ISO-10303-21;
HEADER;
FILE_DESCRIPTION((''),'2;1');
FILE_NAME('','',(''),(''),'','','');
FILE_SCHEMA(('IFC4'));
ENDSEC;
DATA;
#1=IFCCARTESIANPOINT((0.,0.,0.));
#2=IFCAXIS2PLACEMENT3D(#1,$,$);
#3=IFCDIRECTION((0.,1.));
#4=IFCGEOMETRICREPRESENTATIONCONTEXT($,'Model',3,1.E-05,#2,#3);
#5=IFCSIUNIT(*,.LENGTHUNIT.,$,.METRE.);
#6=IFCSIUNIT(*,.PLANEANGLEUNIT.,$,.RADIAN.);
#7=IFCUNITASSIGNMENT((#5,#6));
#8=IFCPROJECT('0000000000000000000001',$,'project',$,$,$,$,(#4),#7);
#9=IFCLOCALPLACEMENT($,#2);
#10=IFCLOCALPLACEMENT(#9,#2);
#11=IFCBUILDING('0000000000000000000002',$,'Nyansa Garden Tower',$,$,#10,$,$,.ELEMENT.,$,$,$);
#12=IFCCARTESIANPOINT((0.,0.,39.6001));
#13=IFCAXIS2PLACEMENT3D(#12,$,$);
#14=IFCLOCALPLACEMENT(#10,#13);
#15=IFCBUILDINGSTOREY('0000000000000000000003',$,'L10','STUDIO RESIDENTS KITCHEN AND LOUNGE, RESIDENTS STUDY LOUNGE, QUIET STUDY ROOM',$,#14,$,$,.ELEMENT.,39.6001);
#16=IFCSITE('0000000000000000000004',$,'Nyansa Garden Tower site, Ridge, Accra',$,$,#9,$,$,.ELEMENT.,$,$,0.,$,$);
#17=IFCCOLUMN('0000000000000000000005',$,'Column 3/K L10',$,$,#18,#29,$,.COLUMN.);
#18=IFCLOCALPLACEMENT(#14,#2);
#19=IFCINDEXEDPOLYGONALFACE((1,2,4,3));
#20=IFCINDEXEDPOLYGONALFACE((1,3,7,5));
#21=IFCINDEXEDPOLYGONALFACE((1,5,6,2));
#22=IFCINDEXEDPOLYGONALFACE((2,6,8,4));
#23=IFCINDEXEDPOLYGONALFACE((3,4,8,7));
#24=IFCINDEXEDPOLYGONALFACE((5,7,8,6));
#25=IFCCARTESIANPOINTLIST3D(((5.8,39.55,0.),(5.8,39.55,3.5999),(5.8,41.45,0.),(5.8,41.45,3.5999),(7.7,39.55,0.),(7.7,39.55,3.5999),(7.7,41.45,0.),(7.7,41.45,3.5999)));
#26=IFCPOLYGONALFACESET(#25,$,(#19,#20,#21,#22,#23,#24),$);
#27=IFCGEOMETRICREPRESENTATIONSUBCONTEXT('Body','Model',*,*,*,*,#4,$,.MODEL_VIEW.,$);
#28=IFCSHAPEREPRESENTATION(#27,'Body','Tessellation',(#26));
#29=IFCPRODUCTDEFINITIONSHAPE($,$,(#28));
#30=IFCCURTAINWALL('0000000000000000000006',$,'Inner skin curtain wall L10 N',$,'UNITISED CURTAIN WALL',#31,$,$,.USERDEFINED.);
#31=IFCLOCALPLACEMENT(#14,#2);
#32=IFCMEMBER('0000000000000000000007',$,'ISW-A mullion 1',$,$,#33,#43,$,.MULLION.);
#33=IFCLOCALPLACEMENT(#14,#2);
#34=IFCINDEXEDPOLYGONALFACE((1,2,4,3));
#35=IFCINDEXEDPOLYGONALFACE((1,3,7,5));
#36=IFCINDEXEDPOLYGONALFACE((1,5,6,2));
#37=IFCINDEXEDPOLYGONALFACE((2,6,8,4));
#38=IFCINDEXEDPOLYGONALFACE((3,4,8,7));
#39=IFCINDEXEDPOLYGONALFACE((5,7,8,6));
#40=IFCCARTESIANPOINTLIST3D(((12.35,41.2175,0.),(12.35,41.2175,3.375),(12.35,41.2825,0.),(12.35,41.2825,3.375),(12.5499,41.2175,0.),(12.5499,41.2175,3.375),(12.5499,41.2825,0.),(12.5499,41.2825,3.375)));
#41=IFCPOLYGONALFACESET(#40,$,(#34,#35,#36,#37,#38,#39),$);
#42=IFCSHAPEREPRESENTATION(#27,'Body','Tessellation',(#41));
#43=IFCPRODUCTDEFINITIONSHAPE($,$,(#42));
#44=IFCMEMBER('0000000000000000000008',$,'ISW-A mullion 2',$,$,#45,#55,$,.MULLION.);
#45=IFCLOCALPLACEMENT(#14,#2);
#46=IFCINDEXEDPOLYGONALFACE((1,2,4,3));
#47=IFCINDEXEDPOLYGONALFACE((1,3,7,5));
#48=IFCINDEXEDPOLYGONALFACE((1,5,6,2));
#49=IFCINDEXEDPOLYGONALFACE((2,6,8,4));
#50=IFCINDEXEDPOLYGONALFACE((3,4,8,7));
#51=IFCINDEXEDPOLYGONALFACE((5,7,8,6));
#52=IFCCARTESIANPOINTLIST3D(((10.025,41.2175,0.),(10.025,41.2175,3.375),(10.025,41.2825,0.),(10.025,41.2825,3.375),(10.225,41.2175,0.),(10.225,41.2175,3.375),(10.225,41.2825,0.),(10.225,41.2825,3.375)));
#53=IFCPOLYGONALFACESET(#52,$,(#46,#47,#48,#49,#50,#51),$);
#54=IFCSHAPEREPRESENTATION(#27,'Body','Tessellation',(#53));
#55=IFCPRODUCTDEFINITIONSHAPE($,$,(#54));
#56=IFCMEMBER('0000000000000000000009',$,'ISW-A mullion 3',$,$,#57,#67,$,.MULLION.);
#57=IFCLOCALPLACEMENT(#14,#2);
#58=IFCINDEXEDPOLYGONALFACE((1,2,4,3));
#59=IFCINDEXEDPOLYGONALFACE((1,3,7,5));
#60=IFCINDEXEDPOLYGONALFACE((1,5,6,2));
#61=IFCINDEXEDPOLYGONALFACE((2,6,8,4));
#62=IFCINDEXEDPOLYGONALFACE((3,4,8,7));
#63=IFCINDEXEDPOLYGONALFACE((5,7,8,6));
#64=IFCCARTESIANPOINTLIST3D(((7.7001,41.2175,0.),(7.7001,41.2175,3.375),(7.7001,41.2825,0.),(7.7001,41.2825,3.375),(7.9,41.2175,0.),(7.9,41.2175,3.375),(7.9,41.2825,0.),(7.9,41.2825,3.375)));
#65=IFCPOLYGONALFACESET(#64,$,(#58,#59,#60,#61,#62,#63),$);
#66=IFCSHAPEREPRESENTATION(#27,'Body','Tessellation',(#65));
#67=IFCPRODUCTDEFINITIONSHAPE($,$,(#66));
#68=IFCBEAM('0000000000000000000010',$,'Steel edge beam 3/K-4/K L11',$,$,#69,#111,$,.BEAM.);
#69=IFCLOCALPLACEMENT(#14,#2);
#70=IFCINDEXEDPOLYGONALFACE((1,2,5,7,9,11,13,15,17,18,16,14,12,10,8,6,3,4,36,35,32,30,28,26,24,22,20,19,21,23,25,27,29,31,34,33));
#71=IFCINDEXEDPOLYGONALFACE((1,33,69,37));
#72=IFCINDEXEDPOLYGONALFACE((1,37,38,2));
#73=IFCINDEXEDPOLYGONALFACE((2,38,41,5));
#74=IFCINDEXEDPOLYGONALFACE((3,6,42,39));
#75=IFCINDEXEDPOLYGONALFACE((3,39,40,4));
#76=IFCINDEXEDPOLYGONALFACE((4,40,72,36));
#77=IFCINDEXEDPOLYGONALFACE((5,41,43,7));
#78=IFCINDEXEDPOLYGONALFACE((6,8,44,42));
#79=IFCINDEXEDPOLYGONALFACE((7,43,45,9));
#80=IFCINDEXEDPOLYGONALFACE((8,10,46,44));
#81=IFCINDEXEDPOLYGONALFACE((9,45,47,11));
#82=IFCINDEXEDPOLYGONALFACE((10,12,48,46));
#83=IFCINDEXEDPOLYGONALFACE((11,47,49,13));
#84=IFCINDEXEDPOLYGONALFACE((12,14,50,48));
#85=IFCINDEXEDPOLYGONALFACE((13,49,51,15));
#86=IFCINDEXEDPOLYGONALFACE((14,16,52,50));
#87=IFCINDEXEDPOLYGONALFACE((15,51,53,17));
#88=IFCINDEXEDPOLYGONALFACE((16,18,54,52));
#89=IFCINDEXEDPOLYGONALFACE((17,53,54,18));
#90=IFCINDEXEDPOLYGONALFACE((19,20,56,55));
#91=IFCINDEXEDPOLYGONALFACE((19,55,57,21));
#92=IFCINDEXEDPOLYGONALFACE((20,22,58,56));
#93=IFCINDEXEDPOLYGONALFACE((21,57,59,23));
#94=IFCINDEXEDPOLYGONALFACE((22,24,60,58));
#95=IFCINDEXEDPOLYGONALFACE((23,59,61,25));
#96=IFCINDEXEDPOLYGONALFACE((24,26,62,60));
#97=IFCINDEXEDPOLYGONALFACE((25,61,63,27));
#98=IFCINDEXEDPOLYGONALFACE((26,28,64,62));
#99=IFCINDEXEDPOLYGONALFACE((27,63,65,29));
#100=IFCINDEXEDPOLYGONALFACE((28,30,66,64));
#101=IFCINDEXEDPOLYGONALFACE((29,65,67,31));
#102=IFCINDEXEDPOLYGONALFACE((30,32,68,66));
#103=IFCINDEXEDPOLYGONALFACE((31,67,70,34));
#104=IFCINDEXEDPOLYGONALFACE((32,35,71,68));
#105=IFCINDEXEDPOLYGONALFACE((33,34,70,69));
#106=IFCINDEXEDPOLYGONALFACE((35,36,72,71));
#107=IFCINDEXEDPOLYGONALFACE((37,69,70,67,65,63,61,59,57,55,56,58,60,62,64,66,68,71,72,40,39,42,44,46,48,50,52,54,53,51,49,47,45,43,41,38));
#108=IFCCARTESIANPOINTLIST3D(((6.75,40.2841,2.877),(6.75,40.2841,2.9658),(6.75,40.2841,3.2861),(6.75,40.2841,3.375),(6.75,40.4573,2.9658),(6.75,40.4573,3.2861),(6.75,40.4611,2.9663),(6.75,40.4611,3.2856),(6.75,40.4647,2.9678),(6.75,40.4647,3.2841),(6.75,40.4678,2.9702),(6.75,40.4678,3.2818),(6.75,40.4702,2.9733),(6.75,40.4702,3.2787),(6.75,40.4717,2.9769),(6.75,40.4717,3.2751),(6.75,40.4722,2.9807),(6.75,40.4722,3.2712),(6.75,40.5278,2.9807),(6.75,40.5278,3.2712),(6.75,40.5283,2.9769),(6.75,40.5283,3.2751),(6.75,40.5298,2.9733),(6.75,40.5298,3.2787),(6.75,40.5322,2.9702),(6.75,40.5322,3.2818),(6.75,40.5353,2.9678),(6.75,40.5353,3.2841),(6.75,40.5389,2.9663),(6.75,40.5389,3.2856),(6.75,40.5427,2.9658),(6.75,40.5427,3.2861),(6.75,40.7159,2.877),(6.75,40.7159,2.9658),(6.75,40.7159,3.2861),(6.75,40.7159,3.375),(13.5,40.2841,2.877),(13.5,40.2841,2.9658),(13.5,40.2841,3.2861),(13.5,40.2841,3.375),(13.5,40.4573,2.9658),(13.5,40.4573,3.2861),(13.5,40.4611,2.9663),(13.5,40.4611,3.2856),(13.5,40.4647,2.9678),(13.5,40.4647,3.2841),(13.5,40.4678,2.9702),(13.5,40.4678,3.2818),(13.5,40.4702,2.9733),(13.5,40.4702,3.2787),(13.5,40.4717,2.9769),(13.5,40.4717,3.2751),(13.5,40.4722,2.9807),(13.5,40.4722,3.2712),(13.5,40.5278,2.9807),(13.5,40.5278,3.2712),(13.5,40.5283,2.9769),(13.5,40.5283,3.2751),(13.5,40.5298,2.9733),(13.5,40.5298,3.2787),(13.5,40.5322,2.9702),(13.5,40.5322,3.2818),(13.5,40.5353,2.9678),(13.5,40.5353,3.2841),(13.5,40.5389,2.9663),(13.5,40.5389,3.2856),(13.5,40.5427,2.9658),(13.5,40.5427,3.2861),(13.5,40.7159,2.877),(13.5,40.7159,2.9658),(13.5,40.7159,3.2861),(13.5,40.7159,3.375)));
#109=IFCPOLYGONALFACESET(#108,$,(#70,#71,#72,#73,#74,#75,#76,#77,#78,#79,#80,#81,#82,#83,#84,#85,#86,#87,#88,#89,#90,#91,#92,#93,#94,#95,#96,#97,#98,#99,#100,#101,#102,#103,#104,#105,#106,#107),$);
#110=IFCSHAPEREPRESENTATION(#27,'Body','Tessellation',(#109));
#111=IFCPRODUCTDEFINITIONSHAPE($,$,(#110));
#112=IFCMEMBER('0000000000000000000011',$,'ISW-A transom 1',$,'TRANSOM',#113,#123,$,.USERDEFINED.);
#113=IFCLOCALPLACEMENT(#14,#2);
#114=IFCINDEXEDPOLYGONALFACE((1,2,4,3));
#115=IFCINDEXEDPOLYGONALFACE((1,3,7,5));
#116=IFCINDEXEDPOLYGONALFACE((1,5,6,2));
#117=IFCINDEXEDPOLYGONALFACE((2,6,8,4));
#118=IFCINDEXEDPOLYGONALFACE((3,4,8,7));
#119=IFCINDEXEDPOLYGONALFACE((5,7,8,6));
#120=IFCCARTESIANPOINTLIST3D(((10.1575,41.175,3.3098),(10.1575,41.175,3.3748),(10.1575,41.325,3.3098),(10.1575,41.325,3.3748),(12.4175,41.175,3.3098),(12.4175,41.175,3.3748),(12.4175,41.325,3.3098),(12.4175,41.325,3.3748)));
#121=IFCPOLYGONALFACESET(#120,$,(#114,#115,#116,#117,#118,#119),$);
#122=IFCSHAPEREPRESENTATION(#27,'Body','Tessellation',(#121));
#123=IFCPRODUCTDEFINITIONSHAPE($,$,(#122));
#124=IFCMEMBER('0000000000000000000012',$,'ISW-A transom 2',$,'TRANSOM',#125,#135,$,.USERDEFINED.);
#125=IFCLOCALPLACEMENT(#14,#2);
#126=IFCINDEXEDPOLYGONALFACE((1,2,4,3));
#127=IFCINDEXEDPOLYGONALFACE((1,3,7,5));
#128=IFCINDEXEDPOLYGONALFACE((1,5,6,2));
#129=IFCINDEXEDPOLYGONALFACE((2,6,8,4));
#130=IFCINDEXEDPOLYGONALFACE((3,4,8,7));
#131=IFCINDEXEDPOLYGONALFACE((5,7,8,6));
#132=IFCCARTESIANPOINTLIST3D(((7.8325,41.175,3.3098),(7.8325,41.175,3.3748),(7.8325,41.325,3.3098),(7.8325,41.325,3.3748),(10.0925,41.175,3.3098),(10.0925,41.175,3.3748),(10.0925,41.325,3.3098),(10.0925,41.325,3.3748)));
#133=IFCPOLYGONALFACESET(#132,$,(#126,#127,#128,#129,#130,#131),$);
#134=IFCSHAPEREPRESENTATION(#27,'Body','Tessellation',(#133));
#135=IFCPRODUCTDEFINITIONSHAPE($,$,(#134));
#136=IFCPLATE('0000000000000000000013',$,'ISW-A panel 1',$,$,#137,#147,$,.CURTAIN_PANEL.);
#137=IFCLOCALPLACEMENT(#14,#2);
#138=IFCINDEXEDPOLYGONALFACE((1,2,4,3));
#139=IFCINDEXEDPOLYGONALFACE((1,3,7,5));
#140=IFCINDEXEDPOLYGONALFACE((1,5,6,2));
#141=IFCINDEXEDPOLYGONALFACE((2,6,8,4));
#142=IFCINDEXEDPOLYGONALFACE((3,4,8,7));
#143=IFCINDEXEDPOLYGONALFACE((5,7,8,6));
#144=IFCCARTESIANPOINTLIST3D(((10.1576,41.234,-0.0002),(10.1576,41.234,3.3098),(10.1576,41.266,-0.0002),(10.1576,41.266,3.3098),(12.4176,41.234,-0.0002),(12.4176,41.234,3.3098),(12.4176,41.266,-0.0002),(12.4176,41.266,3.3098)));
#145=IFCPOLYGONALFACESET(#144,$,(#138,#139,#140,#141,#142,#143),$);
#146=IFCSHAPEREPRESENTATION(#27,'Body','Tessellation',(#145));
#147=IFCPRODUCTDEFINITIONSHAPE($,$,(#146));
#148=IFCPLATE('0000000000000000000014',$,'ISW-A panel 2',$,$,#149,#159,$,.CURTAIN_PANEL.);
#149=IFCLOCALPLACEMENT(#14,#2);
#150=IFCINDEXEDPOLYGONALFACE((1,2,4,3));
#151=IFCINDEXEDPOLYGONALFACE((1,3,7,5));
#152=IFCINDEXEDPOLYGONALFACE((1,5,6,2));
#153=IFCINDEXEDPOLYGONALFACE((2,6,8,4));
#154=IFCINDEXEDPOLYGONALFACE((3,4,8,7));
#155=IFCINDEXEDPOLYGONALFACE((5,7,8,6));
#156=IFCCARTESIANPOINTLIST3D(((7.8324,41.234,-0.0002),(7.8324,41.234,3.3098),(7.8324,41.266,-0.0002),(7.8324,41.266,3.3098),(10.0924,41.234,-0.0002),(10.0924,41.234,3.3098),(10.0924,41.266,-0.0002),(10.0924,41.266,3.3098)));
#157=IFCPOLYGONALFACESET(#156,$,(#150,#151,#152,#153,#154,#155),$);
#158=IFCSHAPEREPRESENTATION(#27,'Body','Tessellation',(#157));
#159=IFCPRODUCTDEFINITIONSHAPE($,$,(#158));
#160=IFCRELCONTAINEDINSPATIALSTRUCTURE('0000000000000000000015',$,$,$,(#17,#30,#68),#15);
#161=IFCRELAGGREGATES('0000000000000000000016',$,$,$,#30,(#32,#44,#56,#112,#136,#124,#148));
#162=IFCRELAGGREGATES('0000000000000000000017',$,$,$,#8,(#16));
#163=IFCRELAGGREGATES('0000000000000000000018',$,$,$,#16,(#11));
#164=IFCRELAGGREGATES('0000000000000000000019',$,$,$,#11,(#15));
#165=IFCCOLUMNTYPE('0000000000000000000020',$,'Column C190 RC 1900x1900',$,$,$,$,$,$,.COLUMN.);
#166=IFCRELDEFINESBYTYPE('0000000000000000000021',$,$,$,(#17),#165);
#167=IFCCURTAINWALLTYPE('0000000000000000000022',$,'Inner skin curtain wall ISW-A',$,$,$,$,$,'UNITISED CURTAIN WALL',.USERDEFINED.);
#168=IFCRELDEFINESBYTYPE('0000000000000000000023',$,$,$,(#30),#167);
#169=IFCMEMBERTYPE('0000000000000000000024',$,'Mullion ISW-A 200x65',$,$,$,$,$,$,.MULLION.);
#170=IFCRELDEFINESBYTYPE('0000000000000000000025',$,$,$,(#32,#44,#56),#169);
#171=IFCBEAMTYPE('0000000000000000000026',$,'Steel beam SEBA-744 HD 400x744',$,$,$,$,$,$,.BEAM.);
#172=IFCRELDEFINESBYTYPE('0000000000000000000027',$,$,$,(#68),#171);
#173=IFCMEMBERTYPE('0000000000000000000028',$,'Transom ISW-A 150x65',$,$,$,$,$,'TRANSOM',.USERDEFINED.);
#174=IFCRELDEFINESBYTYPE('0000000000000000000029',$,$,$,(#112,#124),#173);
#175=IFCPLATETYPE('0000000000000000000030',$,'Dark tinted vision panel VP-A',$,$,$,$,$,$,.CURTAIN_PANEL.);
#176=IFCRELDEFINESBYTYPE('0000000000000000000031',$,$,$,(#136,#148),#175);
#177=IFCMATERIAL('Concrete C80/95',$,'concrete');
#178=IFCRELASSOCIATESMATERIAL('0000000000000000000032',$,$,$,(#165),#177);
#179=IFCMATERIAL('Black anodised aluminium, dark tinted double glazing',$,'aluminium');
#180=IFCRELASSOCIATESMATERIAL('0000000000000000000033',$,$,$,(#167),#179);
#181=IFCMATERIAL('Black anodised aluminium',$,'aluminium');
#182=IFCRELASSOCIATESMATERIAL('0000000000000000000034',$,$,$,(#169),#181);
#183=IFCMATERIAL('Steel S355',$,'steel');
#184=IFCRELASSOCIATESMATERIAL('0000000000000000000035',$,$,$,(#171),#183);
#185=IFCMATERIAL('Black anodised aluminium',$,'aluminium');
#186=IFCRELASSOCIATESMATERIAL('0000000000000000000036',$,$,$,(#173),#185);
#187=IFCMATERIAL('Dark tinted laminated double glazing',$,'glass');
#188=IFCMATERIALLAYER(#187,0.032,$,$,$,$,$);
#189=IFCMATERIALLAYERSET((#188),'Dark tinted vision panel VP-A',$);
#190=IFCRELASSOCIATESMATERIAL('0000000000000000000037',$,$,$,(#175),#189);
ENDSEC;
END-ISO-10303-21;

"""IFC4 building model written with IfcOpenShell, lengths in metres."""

from ifc_helpers import new_model, si_unit, direction, frame, origin, origin_2d, place, context, subcontext, project, spatial, rectangle, i_section, extrude, material, layer, layer_set, material_profile, profile_set, type_object, element, aggregate, save


model = new_model("IFC4")

# Units and contexts
model_context = context("Model", 3, precision=1e-05, world=origin(), true_north=direction((0.0, 1.0)))
body_context = subcontext(model_context, "Body", "Model", "MODEL_VIEW")
ifc_project = project(units=[si_unit("LENGTHUNIT", "METRE"), si_unit("PLANEANGLEUNIT", "RADIAN")], contexts=[model_context])

# Site, building, storey
site_placement = place(None, origin())
site = spatial("IfcSite", under=ifc_project, at=site_placement, Name="Nyansa Garden Tower site, Ridge, Accra", CompositionType="ELEMENT", RefElevation=0.0)
building_placement = place(site_placement, origin())
building = spatial("IfcBuilding", under=site, at=building_placement, Name="Nyansa Garden Tower", CompositionType="ELEMENT")
storey_placement = place(building_placement, frame((0.0, 0.0, 39.6001)))
storey = spatial("IfcBuildingStorey", under=building, at=storey_placement, Name="L10", Description="STUDIO RESIDENTS KITCHEN AND LOUNGE, RESIDENTS STUDY LOUNGE, QUIET STUDY ROOM", CompositionType="ELEMENT", Elevation=39.6001)

# Column
ifc_material_1 = material(Name="Concrete C80/95", Category="concrete")
ifc_material_profile_1 = material_profile(ifc_material_1, rectangle(XDim=1.8999, YDim=1.8999, at=origin_2d()), Name="RC 1900x1900")
ifc_profile_set_1 = profile_set([ifc_material_profile_1], Name="Concrete C80/95")
column_type = type_object("IfcColumnType", Name="Column C190 RC 1900x1900", PredefinedType="COLUMN", material=ifc_profile_set_1)
column_placement = place(storey_placement, frame((6.75, 40.5, 0.0), z_axis=(0.0, 0.0, 1.0), x_axis=(1.0, 0.0, 0.0)))
element("IfcColumn", 1, at=column_placement, inside=storey, type_object=column_type, Name="Column 3/K L10", PredefinedType="COLUMN", context=body_context, shape_type="SweptSolid", body=[
    extrude(rectangle(XDim=1.8999, YDim=1.8999, at=origin_2d()), origin(), (0.0, 0.0, 1.0), 3.5999),
])

# Curtain wall, members
ifc_material_2 = material(Name="Black anodised aluminium, dark tinted double glazing", Category="aluminium")
curtain_wall_type = type_object("IfcCurtainWallType", Name="Inner skin curtain wall ISW-A", ElementType="UNITISED CURTAIN WALL", PredefinedType="USERDEFINED", material=ifc_material_2)
curtain_wall_placement = place(storey_placement, origin())
curtain_wall = element("IfcCurtainWall", 2, at=curtain_wall_placement, inside=storey, type_object=curtain_wall_type, Name="Inner skin curtain wall L10 N", ObjectType="UNITISED CURTAIN WALL", PredefinedType="USERDEFINED")
ifc_material_3 = material(Name="Black anodised aluminium", Category="aluminium")
ifc_material_profile_2 = material_profile(ifc_material_3, rectangle(XDim=0.0649, YDim=0.2, at=origin_2d()), Name="Mullion 200x65")
ifc_profile_set_2 = profile_set([ifc_material_profile_2], Name="Black anodised aluminium")
member_type_1 = type_object("IfcMemberType", Name="Mullion ISW-A 200x65", PredefinedType="MULLION", material=ifc_profile_set_2)
member_1_placement = place(storey_placement, frame((12.45, 41.25, 0.0), z_axis=(0.0, 0.0, 1.0), x_axis=(0.0, -1.0, 0.0)))
member_1 = element("IfcMember", 3, at=member_1_placement, type_object=member_type_1, Name="ISW-A mullion 1", PredefinedType="MULLION", context=body_context, shape_type="SweptSolid", body=[
    extrude(rectangle(XDim=0.0649, YDim=0.2, at=origin_2d()), origin(), (0.0, 0.0, 1.0), 3.375),
])
member_2_placement = place(storey_placement, frame((10.125, 41.25, 0.0), z_axis=(0.0, 0.0, 1.0), x_axis=(0.0, -1.0, 0.0)))
member_2 = element("IfcMember", 4, at=member_2_placement, type_object=member_type_1, Name="ISW-A mullion 2", PredefinedType="MULLION", context=body_context, shape_type="SweptSolid", body=[
    extrude(rectangle(XDim=0.0649, YDim=0.2, at=origin_2d()), origin(), (0.0, 0.0, 1.0), 3.375),
])
member_3_placement = place(storey_placement, frame((7.8, 41.25, 0.0), z_axis=(0.0, 0.0, 1.0), x_axis=(0.0, -1.0, 0.0)))
member_3 = element("IfcMember", 5, at=member_3_placement, type_object=member_type_1, Name="ISW-A mullion 3", PredefinedType="MULLION", context=body_context, shape_type="SweptSolid", body=[
    extrude(rectangle(XDim=0.0649, YDim=0.2, at=origin_2d()), origin(), (0.0, 0.0, 1.0), 3.375),
])

# Beam
ifc_material_4 = material(Name="Steel S355", Category="steel")
ifc_material_profile_3 = material_profile(ifc_material_4, i_section(OverallWidth=0.4319, OverallDepth=0.498, WebThickness=0.0557, FlangeThickness=0.0889, FilletRadius=0.0149, at=origin_2d()), Name="HD 400x744")
ifc_profile_set_3 = profile_set([ifc_material_profile_3], Name="Steel S355")
beam_type = type_object("IfcBeamType", Name="Steel beam SEBA-744 HD 400x744", PredefinedType="BEAM", material=ifc_profile_set_3)
beam_placement = place(storey_placement, frame((6.75, 40.5, 3.126), z_axis=(1.0, 0.0, 0.0), x_axis=(0.0, 1.0, 0.0)))
element("IfcBeam", 6, at=beam_placement, inside=storey, type_object=beam_type, Name="Steel edge beam 3/K-4/K L11", PredefinedType="BEAM", context=body_context, shape_type="SweptSolid", body=[
    extrude(i_section(OverallWidth=0.4319, OverallDepth=0.498, WebThickness=0.0557, FlangeThickness=0.0889, FilletRadius=0.0149, at=origin_2d()), origin(), (0.0, 0.0, 1.0), 6.75),
])

# Members
ifc_material_5 = material(Name="Black anodised aluminium", Category="aluminium")
ifc_material_profile_4 = material_profile(ifc_material_5, rectangle(XDim=0.1499, YDim=0.0649, at=origin_2d()), Name="Transom 150x65")
ifc_profile_set_4 = profile_set([ifc_material_profile_4], Name="Black anodised aluminium")
member_type_2 = type_object("IfcMemberType", Name="Transom ISW-A 150x65", ElementType="TRANSOM", PredefinedType="USERDEFINED", material=ifc_profile_set_4)
member_4_placement = place(storey_placement, frame((12.4175, 41.25, 3.3423), z_axis=(-1.0, 0.0, 0.0), x_axis=(0.0, -1.0, 0.0)))
member_4 = element("IfcMember", 7, at=member_4_placement, type_object=member_type_2, Name="ISW-A transom 1", ObjectType="TRANSOM", PredefinedType="USERDEFINED", context=body_context, shape_type="SweptSolid", body=[
    extrude(rectangle(XDim=0.1499, YDim=0.0649, at=origin_2d()), origin(), (0.0, 0.0, 1.0), 2.26),
])
member_5_placement = place(storey_placement, frame((10.0925, 41.25, 3.3423), z_axis=(-1.0, 0.0, 0.0), x_axis=(0.0, -1.0, 0.0)))
member_5 = element("IfcMember", 8, at=member_5_placement, type_object=member_type_2, Name="ISW-A transom 2", ObjectType="TRANSOM", PredefinedType="USERDEFINED", context=body_context, shape_type="SweptSolid", body=[
    extrude(rectangle(XDim=0.1499, YDim=0.0649, at=origin_2d()), origin(), (0.0, 0.0, 1.0), 2.26),
])

# Plates
ifc_material_6 = material(Name="Dark tinted laminated double glazing", Category="glass")
ifc_layer_1 = layer(ifc_material_6, 0.032)
ifc_layer_set_1 = layer_set([ifc_layer_1], Name="Dark tinted vision panel VP-A")
plate_type = type_object("IfcPlateType", Name="Dark tinted vision panel VP-A", PredefinedType="CURTAIN_PANEL", material=ifc_layer_set_1)
plate_1_placement = place(storey_placement, frame((11.2876, 41.25, -0.0002), z_axis=(0.0, 0.0, 1.0), x_axis=(-1.0, 0.0, 0.0)))
plate_1 = element("IfcPlate", 9, at=plate_1_placement, type_object=plate_type, Name="ISW-A panel 1", PredefinedType="CURTAIN_PANEL", context=body_context, shape_type="SweptSolid", body=[
    extrude(rectangle(XDim=2.26, YDim=0.032, at=origin_2d()), origin(), (0.0, 0.0, 1.0), 3.3101),
])
plate_2_placement = place(storey_placement, frame((8.9624, 41.25, -0.0002), z_axis=(0.0, 0.0, 1.0), x_axis=(-1.0, 0.0, 0.0)))
plate_2 = element("IfcPlate", 10, at=plate_2_placement, type_object=plate_type, Name="ISW-A panel 2", PredefinedType="CURTAIN_PANEL", context=body_context, shape_type="SweptSolid", body=[
    extrude(rectangle(XDim=2.26, YDim=0.032, at=origin_2d()), origin(), (0.0, 0.0, 1.0), 3.3101),
])
aggregate(curtain_wall, [member_1, member_2, member_3, member_4, plate_1, member_5, plate_2])

save(model, "model.ifc")
